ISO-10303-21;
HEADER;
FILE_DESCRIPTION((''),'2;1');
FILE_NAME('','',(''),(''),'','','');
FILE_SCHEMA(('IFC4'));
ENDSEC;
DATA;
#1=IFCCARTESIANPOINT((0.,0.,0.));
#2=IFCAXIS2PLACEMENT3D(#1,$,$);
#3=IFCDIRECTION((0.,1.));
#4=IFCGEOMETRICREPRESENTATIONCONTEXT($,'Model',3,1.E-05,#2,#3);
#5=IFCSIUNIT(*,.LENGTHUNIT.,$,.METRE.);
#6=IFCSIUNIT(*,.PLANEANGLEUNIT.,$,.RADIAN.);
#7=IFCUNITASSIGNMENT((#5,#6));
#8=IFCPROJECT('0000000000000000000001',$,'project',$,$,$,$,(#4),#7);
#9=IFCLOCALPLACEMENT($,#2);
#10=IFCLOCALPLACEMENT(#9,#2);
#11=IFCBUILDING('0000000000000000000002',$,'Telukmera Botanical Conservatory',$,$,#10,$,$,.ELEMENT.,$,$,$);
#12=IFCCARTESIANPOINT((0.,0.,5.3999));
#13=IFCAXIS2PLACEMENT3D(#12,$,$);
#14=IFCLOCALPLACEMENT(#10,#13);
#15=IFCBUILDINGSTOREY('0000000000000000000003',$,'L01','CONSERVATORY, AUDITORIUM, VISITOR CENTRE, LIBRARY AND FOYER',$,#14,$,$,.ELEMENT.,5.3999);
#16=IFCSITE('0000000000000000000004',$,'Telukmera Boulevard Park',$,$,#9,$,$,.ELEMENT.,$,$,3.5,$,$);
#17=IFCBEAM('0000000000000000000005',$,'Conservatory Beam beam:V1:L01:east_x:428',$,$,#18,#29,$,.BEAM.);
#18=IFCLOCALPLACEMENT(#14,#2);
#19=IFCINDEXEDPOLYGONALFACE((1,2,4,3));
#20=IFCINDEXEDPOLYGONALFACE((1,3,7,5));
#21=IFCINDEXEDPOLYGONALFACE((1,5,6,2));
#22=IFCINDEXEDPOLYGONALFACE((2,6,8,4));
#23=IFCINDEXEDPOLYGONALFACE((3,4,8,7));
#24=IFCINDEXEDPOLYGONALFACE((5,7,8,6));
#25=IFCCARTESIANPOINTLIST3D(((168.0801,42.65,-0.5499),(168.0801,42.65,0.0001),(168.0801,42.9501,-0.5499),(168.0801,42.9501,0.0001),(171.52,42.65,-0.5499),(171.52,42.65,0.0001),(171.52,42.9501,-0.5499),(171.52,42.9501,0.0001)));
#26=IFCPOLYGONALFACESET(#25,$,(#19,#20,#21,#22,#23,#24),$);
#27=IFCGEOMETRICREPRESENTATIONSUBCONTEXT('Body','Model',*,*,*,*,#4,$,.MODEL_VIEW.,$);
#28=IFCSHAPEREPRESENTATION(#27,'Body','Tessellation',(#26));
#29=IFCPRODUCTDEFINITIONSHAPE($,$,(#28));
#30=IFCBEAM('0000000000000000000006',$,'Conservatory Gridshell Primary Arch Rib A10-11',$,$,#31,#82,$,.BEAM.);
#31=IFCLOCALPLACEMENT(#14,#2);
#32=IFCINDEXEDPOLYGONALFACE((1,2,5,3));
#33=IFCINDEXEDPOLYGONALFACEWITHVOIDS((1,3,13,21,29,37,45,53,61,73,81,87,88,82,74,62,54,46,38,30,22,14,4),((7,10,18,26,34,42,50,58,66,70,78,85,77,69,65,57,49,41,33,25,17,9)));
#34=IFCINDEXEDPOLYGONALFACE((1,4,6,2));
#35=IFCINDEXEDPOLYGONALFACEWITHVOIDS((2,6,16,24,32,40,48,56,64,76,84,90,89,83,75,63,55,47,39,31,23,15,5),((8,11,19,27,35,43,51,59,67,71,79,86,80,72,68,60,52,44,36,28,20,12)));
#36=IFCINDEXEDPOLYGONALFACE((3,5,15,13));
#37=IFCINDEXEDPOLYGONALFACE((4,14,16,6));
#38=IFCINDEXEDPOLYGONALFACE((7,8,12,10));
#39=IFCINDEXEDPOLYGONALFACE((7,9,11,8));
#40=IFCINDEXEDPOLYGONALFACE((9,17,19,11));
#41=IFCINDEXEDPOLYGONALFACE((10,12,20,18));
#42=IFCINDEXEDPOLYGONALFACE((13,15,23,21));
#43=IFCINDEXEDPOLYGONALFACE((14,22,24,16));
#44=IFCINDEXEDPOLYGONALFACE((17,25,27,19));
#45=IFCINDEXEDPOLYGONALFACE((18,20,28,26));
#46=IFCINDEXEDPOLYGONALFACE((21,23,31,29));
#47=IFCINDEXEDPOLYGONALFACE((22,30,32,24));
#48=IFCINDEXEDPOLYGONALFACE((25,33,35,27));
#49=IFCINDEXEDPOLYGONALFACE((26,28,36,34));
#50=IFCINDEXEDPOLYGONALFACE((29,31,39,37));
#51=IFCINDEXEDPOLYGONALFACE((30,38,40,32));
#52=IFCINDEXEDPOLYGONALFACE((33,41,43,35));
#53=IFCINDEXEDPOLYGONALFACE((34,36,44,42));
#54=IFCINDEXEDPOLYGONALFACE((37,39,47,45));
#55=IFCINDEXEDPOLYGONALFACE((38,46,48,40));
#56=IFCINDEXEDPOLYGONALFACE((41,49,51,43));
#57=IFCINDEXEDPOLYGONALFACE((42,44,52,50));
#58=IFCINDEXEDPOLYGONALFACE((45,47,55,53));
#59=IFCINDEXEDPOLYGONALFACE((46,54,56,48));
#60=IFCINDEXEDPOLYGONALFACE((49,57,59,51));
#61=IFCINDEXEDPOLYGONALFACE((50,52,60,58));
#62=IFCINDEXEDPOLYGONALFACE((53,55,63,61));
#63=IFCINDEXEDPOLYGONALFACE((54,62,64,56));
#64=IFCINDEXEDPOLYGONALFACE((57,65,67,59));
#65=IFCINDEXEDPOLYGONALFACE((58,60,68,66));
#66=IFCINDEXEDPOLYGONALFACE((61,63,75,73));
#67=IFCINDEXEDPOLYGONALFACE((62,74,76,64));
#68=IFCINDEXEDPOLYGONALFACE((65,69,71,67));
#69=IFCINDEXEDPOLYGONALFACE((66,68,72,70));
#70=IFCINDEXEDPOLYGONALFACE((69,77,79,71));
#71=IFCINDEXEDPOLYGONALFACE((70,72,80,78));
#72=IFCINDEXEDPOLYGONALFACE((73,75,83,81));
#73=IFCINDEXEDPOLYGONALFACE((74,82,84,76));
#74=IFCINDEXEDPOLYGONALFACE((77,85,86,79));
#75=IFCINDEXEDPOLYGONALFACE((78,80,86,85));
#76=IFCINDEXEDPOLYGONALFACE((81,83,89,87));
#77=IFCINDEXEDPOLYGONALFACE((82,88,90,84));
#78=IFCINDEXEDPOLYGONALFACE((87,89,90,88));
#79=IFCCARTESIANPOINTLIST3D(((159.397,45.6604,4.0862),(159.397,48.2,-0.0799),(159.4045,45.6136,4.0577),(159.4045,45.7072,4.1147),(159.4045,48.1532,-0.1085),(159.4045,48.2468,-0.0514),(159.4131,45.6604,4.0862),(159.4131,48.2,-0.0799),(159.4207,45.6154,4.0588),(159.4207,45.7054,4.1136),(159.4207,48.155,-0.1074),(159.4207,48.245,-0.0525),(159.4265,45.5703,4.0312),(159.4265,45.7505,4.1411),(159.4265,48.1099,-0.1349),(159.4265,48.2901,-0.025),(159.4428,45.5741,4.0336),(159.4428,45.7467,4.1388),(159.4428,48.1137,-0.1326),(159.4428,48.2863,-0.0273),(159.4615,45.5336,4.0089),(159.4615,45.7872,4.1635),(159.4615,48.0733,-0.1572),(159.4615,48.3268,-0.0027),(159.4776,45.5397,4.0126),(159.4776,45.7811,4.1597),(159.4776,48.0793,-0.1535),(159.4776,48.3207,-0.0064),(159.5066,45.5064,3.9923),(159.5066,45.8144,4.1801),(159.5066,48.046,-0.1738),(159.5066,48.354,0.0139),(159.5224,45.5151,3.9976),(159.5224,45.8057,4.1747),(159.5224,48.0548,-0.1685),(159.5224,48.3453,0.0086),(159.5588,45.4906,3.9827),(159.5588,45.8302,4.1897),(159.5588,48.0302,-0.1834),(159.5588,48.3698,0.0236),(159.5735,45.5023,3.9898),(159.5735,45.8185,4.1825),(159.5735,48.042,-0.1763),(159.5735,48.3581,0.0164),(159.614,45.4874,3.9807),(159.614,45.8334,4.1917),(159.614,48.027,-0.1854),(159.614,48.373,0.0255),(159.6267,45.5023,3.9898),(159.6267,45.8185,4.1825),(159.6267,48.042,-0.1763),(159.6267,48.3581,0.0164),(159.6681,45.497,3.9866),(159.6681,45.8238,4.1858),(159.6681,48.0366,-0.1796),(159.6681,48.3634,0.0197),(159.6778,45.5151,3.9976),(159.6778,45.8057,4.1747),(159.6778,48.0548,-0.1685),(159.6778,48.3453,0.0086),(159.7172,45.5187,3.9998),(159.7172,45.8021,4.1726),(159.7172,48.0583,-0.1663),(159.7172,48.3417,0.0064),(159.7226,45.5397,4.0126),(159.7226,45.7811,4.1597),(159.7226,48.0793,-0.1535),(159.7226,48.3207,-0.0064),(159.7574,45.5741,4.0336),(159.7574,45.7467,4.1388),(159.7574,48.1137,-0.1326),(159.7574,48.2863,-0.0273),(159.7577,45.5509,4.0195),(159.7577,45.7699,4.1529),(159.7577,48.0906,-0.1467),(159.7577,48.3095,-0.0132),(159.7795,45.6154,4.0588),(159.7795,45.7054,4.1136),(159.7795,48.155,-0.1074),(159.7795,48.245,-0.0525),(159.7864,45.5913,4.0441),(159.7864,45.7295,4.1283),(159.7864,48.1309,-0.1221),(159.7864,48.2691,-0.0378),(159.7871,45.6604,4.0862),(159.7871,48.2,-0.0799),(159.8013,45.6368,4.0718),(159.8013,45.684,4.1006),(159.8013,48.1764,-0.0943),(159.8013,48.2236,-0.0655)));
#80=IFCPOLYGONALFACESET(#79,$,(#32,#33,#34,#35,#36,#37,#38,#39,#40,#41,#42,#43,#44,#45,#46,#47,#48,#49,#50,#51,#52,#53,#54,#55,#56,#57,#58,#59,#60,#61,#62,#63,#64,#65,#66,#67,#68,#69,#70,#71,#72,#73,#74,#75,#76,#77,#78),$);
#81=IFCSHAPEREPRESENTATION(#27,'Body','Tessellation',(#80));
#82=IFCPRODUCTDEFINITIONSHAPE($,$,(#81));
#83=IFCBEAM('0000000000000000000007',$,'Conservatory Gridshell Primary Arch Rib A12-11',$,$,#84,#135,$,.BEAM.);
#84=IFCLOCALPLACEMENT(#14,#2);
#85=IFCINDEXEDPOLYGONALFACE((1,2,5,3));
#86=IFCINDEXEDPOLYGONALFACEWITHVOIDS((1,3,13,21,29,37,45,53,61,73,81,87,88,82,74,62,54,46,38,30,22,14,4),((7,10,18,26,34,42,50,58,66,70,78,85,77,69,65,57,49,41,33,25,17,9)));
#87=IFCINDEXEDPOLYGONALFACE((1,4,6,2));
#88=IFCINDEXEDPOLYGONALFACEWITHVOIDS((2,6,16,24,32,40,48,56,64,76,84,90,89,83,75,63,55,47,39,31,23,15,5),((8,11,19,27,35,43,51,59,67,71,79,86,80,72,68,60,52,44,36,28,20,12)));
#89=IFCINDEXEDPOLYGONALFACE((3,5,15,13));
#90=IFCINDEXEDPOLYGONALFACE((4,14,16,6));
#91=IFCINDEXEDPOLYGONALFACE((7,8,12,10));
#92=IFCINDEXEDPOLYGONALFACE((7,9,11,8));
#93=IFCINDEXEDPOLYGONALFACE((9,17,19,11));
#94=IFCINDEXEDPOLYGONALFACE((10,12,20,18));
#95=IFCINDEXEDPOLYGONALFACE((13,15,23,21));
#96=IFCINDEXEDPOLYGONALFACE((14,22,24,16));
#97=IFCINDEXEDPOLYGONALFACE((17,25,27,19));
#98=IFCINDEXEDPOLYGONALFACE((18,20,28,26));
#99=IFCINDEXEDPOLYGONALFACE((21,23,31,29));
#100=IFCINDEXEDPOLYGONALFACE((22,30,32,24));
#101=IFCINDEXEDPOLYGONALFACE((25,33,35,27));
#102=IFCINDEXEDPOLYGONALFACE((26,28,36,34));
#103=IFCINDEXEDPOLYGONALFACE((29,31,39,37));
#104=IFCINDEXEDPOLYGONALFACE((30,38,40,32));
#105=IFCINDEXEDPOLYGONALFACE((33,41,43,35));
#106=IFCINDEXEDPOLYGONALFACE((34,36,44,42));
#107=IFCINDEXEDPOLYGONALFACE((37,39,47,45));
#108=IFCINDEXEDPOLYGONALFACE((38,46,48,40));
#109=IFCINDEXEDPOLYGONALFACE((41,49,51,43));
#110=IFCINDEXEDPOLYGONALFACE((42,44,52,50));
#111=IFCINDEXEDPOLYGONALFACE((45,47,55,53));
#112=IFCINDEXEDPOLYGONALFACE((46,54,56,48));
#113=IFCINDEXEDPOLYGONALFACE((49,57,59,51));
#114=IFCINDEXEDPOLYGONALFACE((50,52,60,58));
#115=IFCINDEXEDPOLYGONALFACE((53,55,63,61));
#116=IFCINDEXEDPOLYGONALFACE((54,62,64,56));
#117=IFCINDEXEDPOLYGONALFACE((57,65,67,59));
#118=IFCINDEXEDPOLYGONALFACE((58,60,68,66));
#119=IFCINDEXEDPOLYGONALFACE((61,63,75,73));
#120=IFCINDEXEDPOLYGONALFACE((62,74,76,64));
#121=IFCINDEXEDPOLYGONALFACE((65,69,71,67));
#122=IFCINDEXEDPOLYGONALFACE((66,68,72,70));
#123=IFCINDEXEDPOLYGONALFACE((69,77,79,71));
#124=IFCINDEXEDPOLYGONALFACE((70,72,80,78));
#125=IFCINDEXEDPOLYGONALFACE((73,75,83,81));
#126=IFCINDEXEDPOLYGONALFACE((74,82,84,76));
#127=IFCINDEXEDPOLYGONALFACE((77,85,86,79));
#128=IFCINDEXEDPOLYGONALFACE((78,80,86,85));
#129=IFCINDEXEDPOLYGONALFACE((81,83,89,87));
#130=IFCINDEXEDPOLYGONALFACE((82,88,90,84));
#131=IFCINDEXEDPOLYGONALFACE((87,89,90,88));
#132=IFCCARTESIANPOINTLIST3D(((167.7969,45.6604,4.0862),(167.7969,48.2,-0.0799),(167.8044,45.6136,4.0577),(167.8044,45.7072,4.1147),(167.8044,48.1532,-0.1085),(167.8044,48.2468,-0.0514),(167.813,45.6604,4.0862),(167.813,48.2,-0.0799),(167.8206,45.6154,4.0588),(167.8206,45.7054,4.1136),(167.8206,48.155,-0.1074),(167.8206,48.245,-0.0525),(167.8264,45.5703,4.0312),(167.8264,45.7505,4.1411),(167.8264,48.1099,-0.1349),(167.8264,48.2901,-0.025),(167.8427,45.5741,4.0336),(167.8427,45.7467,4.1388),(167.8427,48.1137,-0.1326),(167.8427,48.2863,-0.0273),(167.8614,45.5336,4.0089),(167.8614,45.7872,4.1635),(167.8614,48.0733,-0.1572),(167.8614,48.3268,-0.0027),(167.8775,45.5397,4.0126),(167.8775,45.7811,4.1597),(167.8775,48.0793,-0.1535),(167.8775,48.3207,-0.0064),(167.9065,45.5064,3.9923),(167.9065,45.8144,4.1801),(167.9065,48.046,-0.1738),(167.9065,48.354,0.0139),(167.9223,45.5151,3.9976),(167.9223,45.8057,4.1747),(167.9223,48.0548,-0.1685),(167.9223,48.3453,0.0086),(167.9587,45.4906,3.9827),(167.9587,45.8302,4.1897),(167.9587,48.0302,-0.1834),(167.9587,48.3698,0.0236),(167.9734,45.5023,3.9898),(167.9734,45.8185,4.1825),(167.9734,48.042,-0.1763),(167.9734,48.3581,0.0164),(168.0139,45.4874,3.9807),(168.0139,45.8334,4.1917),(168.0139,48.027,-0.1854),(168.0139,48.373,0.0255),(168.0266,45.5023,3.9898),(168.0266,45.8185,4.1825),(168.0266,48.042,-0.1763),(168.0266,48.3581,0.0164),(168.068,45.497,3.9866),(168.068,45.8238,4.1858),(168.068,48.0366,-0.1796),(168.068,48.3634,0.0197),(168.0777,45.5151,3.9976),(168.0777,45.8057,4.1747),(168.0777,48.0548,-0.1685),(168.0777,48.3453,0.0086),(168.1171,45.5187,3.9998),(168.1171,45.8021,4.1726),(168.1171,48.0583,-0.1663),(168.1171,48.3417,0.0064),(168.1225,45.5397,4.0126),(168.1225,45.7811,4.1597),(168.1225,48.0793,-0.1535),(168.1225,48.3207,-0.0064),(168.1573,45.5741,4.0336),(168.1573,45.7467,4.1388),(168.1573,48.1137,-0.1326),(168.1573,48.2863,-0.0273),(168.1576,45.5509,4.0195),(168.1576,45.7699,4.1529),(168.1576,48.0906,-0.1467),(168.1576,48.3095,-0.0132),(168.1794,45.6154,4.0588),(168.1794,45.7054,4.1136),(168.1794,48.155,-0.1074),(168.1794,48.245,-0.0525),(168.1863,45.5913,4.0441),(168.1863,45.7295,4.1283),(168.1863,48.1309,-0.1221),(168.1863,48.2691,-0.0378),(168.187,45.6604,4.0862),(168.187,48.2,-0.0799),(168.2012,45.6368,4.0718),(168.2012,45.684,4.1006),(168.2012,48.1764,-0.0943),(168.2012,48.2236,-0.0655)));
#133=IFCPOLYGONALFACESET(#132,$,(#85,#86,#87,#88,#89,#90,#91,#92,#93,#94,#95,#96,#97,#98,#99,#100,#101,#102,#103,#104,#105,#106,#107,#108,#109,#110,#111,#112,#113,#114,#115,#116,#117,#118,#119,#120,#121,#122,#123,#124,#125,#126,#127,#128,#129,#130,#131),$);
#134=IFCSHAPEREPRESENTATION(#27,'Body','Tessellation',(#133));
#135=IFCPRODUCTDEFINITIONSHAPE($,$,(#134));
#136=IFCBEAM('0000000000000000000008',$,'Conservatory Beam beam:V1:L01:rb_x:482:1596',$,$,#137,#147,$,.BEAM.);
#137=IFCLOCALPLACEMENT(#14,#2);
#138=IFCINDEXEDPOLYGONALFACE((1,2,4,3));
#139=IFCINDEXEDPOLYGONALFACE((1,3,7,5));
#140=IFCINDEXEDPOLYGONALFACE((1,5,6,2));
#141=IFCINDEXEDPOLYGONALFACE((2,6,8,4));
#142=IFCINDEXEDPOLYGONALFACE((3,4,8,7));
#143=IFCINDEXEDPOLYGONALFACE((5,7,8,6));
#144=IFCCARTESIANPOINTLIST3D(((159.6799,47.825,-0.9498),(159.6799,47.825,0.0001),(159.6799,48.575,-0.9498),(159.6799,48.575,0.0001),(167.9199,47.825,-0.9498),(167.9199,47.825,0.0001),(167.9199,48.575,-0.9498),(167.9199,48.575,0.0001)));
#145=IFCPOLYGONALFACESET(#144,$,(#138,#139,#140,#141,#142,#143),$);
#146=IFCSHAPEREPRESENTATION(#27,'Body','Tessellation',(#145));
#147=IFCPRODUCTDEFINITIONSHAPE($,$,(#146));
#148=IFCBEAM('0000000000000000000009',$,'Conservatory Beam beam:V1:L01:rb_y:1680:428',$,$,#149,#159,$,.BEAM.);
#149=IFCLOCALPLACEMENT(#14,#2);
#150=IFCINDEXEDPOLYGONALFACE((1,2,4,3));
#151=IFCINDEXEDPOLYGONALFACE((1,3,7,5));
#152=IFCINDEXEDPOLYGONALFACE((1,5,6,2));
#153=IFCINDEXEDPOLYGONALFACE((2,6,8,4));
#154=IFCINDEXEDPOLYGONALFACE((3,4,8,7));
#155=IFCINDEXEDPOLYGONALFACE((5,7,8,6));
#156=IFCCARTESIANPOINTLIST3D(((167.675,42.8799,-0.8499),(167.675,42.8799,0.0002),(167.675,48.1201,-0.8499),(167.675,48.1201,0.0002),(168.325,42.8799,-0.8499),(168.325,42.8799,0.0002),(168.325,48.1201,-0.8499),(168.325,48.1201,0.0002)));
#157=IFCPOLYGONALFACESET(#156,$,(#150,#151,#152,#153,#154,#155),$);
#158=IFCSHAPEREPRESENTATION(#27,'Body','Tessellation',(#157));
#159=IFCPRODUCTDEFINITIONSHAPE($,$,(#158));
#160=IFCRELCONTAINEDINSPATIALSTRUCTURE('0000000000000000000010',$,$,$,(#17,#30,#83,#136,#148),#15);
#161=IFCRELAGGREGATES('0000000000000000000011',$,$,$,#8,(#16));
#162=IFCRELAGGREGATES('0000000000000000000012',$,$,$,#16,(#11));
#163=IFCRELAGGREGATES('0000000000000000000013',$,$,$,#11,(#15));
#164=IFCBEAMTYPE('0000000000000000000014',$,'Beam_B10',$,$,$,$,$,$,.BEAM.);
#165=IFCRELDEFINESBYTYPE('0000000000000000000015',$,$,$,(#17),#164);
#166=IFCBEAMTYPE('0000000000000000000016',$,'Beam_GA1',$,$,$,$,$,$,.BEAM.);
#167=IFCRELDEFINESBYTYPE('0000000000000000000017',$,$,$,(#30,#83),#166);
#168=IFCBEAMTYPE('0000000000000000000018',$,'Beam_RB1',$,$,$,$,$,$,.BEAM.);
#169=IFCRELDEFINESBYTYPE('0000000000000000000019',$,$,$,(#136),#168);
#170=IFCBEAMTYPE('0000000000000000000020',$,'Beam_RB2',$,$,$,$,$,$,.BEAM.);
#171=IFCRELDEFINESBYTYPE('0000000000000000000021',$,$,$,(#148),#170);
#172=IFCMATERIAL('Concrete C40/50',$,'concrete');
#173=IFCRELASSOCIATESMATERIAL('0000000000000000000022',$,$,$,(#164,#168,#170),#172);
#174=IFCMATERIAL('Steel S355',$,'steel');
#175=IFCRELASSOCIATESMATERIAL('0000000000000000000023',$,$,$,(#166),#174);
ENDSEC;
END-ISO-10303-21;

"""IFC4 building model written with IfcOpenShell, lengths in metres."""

from ifc_helpers import new_model, si_unit, direction, frame, origin, origin_2d, place, context, subcontext, project, spatial, rectangle, hollow_circle, extrude, material, material_profile, profile_set, type_object, element, save


model = new_model("IFC4")

# Units and contexts
model_context = context("Model", 3, precision=1e-05, world=origin(), true_north=direction((0.0, 1.0)))
body_context = subcontext(model_context, "Body", "Model", "MODEL_VIEW")
ifc_project = project(units=[si_unit("LENGTHUNIT", "METRE"), si_unit("PLANEANGLEUNIT", "RADIAN")], contexts=[model_context])

# Site, building, storey
site_placement = place(None, origin())
site = spatial("IfcSite", under=ifc_project, at=site_placement, Name="Telukmera Boulevard Park", CompositionType="ELEMENT", RefElevation=3.5)
building_placement = place(site_placement, origin())
building = spatial("IfcBuilding", under=site, at=building_placement, Name="Telukmera Botanical Conservatory", CompositionType="ELEMENT")
storey_placement = place(building_placement, frame((0.0, 0.0, 5.3999)))
storey = spatial("IfcBuildingStorey", under=building, at=storey_placement, Name="L01", Description="CONSERVATORY, AUDITORIUM, VISITOR CENTRE, LIBRARY AND FOYER", CompositionType="ELEMENT", Elevation=5.3999)

# Beams
ifc_material_1 = material(Name="Concrete C40/50", Category="concrete")
ifc_material_profile_1 = material_profile(ifc_material_1, rectangle(XDim=0.3, YDim=0.55, at=origin_2d()), Name="RC 300x550")
ifc_profile_set_1 = profile_set([ifc_material_profile_1], Name="Concrete C40/50")
beam_type_1 = type_object("IfcBeamType", Name="Beam_B10", PredefinedType="BEAM", material=ifc_profile_set_1)
beam_1_placement = place(storey_placement, frame((168.0801, 42.8, -0.2749), z_axis=(1.0, 0.0, 0.0), x_axis=(0.0, 1.0, 0.0)))
element("IfcBeam", 1, at=beam_1_placement, inside=storey, type_object=beam_type_1, Name="Conservatory Beam beam:V1:L01:east_x:428", PredefinedType="BEAM", context=body_context, shape_type="SweptSolid", body=[
    extrude(rectangle(XDim=0.3, YDim=0.55, at=origin_2d()), origin(), (0.0, 0.0, 1.0), 3.4399),
])
ifc_material_2 = material(Name="Steel S355", Category="steel")
ifc_material_profile_2 = material_profile(ifc_material_2, hollow_circle(Radius=0.2031, WallThickness=0.0161, at=origin_2d()), Name="CHS 406.4x16.0")
ifc_profile_set_2 = profile_set([ifc_material_profile_2], Name="Steel S355")
beam_type_2 = type_object("IfcBeamType", Name="Beam_GA1", PredefinedType="BEAM", material=ifc_profile_set_2)
for number, where, z_axis, x_axis, name in (
    (2, (159.6001, 45.6604, 4.0862), (0.0, 0.520502, -0.85386), (-1.0, 0.0, 0.0), "Conservatory Gridshell Primary Arch Rib A10-11"),
    (3, (168.0, 45.6604, 4.0862), (0.0, 0.520502, -0.85386), (-1.0, 0.0, 0.0), "Conservatory Gridshell Primary Arch Rib A12-11"),
):
    element("IfcBeam", number, at=place(storey_placement, frame(where, z_axis=z_axis, x_axis=x_axis)), inside=storey, type_object=beam_type_2, Name=name, PredefinedType="BEAM", context=body_context, shape_type="SweptSolid", body=[
        extrude(hollow_circle(Radius=0.2031, WallThickness=0.0161, at=origin_2d()), origin(), (0.0, 0.0, 1.0), 4.8792),
    ])
ifc_material_profile_3 = material_profile(ifc_material_1, rectangle(XDim=0.75, YDim=0.95, at=origin_2d()), Name="RC 750x950")
ifc_profile_set_3 = profile_set([ifc_material_profile_3], Name="Concrete C40/50")
beam_type_3 = type_object("IfcBeamType", Name="Beam_RB1", PredefinedType="BEAM", material=ifc_profile_set_3)
beam_2_placement = place(storey_placement, frame((159.6799, 48.2, -0.4749), z_axis=(1.0, 0.0, 0.0), x_axis=(0.0, 1.0, 0.0)))
element("IfcBeam", 4, at=beam_2_placement, inside=storey, type_object=beam_type_3, Name="Conservatory Beam beam:V1:L01:rb_x:482:1596", PredefinedType="BEAM", context=body_context, shape_type="SweptSolid", body=[
    extrude(rectangle(XDim=0.75, YDim=0.95, at=origin_2d()), origin(), (0.0, 0.0, 1.0), 8.24),
])
ifc_material_profile_4 = material_profile(ifc_material_1, rectangle(XDim=0.6499, YDim=0.8501, at=origin_2d()), Name="RC 650x850")
ifc_profile_set_4 = profile_set([ifc_material_profile_4], Name="Concrete C40/50")
beam_type_4 = type_object("IfcBeamType", Name="Beam_RB2", PredefinedType="BEAM", material=ifc_profile_set_4)
beam_3_placement = place(storey_placement, frame((168.0, 42.8799, -0.4248), z_axis=(0.0, 1.0, 0.0), x_axis=(-1.0, 0.0, 0.0)))
element("IfcBeam", 5, at=beam_3_placement, inside=storey, type_object=beam_type_4, Name="Conservatory Beam beam:V1:L01:rb_y:1680:428", PredefinedType="BEAM", context=body_context, shape_type="SweptSolid", body=[
    extrude(rectangle(XDim=0.6499, YDim=0.8501, at=origin_2d()), origin(), (0.0, 0.0, 1.0), 5.2402),
])

save(model, "model.ifc")
